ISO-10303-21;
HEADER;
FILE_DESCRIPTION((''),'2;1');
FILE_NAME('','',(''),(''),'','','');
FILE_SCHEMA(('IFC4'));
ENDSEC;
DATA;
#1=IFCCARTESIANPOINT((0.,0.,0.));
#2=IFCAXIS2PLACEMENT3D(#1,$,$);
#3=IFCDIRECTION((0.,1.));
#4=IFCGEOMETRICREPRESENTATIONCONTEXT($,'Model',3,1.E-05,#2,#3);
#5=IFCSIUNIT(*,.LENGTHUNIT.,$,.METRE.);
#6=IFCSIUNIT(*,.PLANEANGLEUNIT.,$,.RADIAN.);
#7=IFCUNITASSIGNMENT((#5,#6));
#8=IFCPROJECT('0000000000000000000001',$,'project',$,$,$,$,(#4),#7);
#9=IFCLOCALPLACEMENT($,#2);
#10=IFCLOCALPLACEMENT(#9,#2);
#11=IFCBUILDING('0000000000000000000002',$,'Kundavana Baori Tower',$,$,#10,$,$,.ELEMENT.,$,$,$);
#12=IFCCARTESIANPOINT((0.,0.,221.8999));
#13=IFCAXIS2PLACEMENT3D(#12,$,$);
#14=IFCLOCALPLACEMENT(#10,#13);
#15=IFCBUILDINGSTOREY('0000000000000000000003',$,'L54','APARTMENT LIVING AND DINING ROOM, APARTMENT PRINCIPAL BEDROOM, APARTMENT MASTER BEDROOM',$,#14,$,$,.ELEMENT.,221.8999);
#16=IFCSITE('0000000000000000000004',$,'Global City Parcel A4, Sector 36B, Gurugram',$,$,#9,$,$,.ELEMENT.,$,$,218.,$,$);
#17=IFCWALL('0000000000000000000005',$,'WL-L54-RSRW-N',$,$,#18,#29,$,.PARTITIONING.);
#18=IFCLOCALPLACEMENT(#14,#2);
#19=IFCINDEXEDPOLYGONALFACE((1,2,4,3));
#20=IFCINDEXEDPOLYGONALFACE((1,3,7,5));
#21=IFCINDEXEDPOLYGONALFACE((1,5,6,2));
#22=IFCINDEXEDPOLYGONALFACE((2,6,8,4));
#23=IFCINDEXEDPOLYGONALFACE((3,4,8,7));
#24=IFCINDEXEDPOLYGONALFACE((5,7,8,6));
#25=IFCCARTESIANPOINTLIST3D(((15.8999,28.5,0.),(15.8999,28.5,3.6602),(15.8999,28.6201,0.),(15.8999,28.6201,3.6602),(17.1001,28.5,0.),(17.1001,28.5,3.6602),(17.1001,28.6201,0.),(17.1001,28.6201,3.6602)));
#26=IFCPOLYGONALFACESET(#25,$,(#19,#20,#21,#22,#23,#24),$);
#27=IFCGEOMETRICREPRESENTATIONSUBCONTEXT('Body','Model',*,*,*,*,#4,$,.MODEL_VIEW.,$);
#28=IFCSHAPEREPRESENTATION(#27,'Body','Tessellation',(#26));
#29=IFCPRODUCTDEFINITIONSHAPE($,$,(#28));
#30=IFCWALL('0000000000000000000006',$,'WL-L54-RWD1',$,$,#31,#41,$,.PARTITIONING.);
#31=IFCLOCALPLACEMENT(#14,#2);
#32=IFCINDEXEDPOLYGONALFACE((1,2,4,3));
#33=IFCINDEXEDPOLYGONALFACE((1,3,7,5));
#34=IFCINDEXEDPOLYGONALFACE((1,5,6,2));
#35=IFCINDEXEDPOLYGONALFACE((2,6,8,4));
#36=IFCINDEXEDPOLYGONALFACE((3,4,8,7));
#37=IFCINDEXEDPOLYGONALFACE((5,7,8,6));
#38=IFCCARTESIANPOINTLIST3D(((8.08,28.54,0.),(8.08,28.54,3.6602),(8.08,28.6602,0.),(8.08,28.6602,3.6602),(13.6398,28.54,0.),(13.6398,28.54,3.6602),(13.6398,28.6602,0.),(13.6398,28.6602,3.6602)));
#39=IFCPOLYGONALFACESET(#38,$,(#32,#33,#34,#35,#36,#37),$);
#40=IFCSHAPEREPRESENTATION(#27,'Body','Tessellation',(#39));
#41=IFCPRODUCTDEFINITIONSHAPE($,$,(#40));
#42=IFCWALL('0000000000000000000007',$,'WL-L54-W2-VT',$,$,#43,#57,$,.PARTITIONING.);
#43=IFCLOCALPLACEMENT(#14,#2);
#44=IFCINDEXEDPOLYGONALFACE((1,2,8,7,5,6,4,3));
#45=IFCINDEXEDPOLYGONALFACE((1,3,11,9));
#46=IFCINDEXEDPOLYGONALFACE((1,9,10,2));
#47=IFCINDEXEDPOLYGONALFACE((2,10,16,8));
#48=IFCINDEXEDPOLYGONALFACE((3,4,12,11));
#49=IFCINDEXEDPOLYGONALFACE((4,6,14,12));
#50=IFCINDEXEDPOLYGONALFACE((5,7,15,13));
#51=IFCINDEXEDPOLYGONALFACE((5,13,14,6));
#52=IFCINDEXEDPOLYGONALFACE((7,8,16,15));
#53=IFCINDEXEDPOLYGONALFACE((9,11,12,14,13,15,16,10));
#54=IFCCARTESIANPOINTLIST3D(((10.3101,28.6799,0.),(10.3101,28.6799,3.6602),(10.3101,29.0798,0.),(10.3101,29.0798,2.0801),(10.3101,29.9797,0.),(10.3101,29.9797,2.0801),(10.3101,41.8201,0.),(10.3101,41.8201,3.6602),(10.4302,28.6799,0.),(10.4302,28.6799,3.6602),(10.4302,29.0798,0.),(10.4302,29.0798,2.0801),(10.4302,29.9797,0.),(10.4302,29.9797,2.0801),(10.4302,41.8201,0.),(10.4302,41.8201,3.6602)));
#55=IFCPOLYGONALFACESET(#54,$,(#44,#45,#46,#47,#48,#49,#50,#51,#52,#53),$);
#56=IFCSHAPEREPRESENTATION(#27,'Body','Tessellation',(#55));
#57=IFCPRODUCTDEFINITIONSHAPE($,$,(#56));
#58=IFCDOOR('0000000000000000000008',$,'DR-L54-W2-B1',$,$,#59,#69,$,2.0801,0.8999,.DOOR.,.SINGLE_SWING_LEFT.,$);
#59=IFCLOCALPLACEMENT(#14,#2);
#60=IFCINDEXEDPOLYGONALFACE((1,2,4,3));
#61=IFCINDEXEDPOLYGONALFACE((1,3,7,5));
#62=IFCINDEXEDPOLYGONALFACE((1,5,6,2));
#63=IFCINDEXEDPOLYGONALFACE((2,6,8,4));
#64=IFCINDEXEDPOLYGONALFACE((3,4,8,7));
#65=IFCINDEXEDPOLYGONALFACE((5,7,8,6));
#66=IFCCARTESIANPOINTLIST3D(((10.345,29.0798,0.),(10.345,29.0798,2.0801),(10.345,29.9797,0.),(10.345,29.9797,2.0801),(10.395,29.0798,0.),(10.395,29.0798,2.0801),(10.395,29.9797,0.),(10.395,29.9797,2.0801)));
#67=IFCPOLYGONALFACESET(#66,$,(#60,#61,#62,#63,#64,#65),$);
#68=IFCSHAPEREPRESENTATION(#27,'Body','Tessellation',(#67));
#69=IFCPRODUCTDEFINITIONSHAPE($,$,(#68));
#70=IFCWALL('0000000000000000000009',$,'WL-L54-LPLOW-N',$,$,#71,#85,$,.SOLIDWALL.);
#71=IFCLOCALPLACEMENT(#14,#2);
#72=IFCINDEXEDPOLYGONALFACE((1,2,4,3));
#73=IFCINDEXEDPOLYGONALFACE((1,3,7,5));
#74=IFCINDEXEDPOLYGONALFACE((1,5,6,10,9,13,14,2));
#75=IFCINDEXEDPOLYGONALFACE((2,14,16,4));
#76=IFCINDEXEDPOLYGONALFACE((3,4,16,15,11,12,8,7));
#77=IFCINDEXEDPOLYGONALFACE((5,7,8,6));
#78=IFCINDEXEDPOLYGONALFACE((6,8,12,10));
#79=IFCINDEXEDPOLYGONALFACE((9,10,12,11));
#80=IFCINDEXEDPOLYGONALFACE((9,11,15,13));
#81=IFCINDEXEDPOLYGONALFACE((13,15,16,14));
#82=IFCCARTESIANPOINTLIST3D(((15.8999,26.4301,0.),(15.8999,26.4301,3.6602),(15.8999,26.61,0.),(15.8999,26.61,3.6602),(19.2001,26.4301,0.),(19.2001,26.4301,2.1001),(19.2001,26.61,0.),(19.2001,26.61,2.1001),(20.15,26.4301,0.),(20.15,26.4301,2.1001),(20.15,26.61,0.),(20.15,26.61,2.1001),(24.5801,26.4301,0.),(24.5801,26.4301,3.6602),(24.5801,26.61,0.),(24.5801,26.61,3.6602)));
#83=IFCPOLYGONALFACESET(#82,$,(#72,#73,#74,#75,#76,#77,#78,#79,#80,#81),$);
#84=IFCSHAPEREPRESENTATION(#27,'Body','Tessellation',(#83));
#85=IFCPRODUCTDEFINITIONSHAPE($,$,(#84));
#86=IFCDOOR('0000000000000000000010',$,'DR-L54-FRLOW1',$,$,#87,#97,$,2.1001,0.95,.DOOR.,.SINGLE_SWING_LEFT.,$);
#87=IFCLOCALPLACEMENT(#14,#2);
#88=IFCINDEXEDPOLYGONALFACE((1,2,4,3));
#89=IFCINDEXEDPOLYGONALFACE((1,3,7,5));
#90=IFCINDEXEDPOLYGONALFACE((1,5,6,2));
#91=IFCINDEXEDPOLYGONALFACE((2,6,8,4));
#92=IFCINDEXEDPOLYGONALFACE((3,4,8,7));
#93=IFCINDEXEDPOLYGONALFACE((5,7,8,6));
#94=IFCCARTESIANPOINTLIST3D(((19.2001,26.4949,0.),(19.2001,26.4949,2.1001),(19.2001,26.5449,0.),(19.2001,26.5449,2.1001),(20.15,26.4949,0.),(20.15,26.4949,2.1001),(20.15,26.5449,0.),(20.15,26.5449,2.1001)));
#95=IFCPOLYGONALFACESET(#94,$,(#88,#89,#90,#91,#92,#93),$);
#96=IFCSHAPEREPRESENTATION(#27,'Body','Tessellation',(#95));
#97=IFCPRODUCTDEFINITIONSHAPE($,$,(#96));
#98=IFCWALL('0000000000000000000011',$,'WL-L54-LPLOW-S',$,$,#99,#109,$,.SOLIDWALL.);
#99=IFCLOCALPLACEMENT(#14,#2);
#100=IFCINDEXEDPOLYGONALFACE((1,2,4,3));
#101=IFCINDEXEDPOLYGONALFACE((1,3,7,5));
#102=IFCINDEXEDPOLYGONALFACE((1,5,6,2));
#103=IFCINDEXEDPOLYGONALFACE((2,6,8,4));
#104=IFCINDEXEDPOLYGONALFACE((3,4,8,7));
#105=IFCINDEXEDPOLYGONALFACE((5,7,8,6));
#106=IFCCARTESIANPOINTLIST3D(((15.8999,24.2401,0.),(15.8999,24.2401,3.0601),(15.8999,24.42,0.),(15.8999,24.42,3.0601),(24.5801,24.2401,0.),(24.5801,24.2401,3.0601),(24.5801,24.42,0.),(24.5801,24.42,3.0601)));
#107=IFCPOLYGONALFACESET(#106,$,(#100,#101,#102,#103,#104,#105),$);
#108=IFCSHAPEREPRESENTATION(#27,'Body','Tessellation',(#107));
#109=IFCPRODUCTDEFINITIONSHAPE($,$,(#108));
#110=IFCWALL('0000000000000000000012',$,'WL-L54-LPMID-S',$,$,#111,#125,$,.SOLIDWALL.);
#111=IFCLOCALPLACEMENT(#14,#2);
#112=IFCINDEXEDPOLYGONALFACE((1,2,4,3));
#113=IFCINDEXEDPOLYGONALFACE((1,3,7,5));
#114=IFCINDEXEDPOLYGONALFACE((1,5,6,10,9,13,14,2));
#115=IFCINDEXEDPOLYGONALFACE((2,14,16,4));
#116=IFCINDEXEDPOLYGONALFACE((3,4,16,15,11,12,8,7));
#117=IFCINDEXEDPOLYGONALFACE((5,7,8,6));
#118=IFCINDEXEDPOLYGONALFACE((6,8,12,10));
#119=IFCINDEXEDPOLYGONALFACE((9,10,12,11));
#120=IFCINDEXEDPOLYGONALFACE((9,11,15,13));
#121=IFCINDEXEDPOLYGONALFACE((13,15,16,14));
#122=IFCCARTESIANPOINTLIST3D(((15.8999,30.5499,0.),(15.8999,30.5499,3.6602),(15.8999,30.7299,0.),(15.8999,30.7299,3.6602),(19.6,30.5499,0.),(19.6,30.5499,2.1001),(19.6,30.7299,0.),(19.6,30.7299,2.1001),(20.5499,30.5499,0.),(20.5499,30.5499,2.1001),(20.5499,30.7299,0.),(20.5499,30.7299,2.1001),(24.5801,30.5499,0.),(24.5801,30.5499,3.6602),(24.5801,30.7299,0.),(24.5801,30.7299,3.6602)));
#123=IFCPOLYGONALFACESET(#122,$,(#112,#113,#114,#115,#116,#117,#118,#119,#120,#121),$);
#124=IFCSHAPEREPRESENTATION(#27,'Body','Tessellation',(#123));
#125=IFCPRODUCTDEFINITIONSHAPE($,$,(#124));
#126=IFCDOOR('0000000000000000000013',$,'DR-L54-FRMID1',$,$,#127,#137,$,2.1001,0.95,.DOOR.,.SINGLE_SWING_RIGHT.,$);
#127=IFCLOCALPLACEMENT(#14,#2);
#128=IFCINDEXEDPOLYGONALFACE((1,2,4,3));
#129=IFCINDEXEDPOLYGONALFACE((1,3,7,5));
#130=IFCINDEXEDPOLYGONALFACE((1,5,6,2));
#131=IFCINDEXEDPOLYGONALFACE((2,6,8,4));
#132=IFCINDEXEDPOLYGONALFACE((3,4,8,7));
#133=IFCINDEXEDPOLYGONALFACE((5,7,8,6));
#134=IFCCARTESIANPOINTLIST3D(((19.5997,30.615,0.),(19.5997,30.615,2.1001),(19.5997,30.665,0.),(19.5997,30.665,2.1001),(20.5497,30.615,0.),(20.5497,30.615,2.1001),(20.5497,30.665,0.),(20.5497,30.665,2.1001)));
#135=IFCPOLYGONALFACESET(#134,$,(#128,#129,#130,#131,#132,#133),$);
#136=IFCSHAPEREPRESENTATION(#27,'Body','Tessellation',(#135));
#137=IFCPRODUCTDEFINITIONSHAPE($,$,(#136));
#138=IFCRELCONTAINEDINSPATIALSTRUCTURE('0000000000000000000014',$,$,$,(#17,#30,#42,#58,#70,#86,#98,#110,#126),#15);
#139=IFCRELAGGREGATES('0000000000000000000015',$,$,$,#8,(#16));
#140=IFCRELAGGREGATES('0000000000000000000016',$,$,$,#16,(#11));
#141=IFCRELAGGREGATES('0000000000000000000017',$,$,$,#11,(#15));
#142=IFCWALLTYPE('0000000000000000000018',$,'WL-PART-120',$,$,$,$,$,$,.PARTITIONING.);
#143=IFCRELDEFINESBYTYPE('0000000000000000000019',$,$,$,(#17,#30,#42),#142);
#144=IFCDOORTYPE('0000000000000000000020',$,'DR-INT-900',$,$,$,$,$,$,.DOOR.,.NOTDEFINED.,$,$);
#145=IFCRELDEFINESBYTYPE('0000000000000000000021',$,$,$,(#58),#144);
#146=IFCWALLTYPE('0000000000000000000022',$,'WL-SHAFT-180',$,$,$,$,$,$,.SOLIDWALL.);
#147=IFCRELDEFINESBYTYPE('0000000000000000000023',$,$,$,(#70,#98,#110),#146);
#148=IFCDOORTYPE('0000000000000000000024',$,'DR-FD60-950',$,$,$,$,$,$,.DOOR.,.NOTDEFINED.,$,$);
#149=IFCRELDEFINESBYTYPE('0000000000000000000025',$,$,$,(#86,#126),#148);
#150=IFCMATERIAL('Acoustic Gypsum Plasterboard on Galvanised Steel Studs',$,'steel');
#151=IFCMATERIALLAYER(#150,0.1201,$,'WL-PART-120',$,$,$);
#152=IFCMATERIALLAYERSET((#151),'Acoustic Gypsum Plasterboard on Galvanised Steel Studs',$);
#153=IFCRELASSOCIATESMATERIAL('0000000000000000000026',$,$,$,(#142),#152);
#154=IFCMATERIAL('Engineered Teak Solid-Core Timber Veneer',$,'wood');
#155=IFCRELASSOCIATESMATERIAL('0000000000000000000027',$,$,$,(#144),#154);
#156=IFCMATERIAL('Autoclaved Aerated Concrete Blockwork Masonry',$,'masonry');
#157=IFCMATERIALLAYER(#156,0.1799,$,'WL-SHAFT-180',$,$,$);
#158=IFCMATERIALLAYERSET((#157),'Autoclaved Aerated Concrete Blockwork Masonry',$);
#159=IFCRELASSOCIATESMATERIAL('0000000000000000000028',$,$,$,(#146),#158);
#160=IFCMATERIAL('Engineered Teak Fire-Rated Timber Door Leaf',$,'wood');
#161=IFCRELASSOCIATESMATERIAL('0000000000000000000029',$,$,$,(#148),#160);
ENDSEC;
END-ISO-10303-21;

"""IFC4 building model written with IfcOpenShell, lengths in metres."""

from ifc_helpers import new_model, si_unit, direction, frame, frame_2d, origin, place, context, subcontext, project, spatial, rectangle, extrude, material, layer, layer_set, type_object, element, fill, save


model = new_model("IFC4")

# Units and contexts
model_context = context("Model", 3, precision=1e-05, world=origin(), true_north=direction((0.0, 1.0)))
body_context = subcontext(model_context, "Body", "Model", "MODEL_VIEW")
ifc_project = project(units=[si_unit("LENGTHUNIT", "METRE"), si_unit("PLANEANGLEUNIT", "RADIAN")], contexts=[model_context])

# Site, building, storey
site_placement = place(None, origin())
site = spatial("IfcSite", under=ifc_project, at=site_placement, Name="Global City Parcel A4, Sector 36B, Gurugram", CompositionType="ELEMENT", RefElevation=218.0)
building_placement = place(site_placement, origin())
building = spatial("IfcBuilding", under=site, at=building_placement, Name="Kundavana Baori Tower", CompositionType="ELEMENT")
storey_placement = place(building_placement, frame((0.0, 0.0, 221.8999)))
storey = spatial("IfcBuildingStorey", under=building, at=storey_placement, Name="L54", Description="APARTMENT LIVING AND DINING ROOM, APARTMENT PRINCIPAL BEDROOM, APARTMENT MASTER BEDROOM", CompositionType="ELEMENT", Elevation=221.8999)

# Walls
ifc_material_1 = material(Name="Acoustic Gypsum Plasterboard on Galvanised Steel Studs", Category="steel")
ifc_layer_1 = layer(ifc_material_1, 0.1201, Name="WL-PART-120")
ifc_layer_set_1 = layer_set([ifc_layer_1], Name="Acoustic Gypsum Plasterboard on Galvanised Steel Studs")
wall_type_1 = type_object("IfcWallType", Name="WL-PART-120", PredefinedType="PARTITIONING", material=ifc_layer_set_1)
wall_1_placement = place(storey_placement, frame((15.8999, 28.5601, 0.0), z_axis=(0.0, 0.0, 1.0), x_axis=(1.0, 0.0, 0.0)))
element("IfcWall", 1, at=wall_1_placement, inside=storey, type_object=wall_type_1, Name="WL-L54-RSRW-N", PredefinedType="PARTITIONING", context=body_context, shape_type="SweptSolid", body=[
    extrude(rectangle(XDim=1.2002, YDim=0.1201, at=frame_2d((0.6001, 0.0))), origin(), (0.0, 0.0, 1.0), 3.6602),
])
wall_2_placement = place(storey_placement, frame((8.0801, 28.6001, 0.0), z_axis=(0.0, 0.0, 1.0), x_axis=(1.0, 0.0, 0.0)))
element("IfcWall", 2, at=wall_2_placement, inside=storey, type_object=wall_type_1, Name="WL-L54-RWD1", PredefinedType="PARTITIONING", context=body_context, shape_type="SweptSolid", body=[
    extrude(rectangle(XDim=5.5598, YDim=0.1201, at=frame_2d((2.7798, 0.0))), origin(), (0.0, 0.0, 1.0), 3.6602),
])

# Walls, openings, doors
wall_3_placement = place(storey_placement, frame((10.3701, 28.6799, 0.0), z_axis=(0.0, 0.0, 1.0), x_axis=(0.0, 1.0, 0.0)))
wall_3 = element("IfcWall", 3, at=wall_3_placement, inside=storey, type_object=wall_type_1, Name="WL-L54-W2-VT", PredefinedType="PARTITIONING", context=body_context, shape_type="SweptSolid", body=[
    extrude(rectangle(XDim=13.1401, YDim=0.1201, at=frame_2d((6.5701, 0.0))), origin(), (0.0, 0.0, 1.0), 3.6602),
])
opening_1_placement = place(wall_3_placement, frame((0.3999, 0.0, 0.0)))
opening_1 = element("IfcOpeningElement", 4, at=opening_1_placement, cuts=wall_3, PredefinedType="OPENING", context=body_context, shape_type="SweptSolid", body=[
    extrude(rectangle(XDim=0.8999, YDim=2.0801, at=frame_2d((0.45, 1.04))), frame((0.0, 0.0701, 0.0), z_axis=(0.0, -1.0, 0.0), x_axis=(1.0, 0.0, 0.0)), (0.0, 0.0, 1.0), 0.1401),
])
ifc_material_2 = material(Name="Engineered Teak Solid-Core Timber Veneer", Category="wood")
door_type_1 = type_object("IfcDoorType", Name="DR-INT-900", OperationType="NOTDEFINED", PredefinedType="DOOR", material=ifc_material_2)
door_1_placement = place(opening_1_placement, frame((0.8999, 0.0, 0.0), z_axis=(0.0, 0.0, 1.0), x_axis=(-1.0, 0.0, 0.0)))
door_1 = element("IfcDoor", 5, at=door_1_placement, inside=storey, type_object=door_type_1, Name="DR-L54-W2-B1", OperationType="SINGLE_SWING_LEFT", OverallHeight=2.0801, OverallWidth=0.8999, PredefinedType="DOOR", context=body_context, shape_type="SweptSolid", body=[
    extrude(rectangle(XDim=0.8999, YDim=2.0801, at=frame_2d((0.45, 1.04))), frame((0.0, 0.0249, 0.0), z_axis=(0.0, -1.0, 0.0), x_axis=(1.0, 0.0, 0.0)), (0.0, 0.0, 1.0), 0.05),
])
fill(opening_1, door_1)
ifc_material_3 = material(Name="Autoclaved Aerated Concrete Blockwork Masonry", Category="masonry")
ifc_layer_2 = layer(ifc_material_3, 0.1799, Name="WL-SHAFT-180")
ifc_layer_set_2 = layer_set([ifc_layer_2], Name="Autoclaved Aerated Concrete Blockwork Masonry")
wall_type_2 = type_object("IfcWallType", Name="WL-SHAFT-180", PredefinedType="SOLIDWALL", material=ifc_layer_set_2)
wall_4_placement = place(storey_placement, frame((15.8999, 26.52, 0.0), z_axis=(0.0, 0.0, 1.0), x_axis=(1.0, 0.0, 0.0)))
wall_4 = element("IfcWall", 6, at=wall_4_placement, inside=storey, type_object=wall_type_2, Name="WL-L54-LPLOW-N", PredefinedType="SOLIDWALL", context=body_context, shape_type="SweptSolid", body=[
    extrude(rectangle(XDim=8.6802, YDim=0.1799, at=frame_2d((4.3401, 0.0))), origin(), (0.0, 0.0, 1.0), 3.6602),
])
opening_2_placement = place(wall_4_placement, frame((3.3, 0.0, 0.0)))
opening_2 = element("IfcOpeningElement", 7, at=opening_2_placement, cuts=wall_4, PredefinedType="OPENING", context=body_context, shape_type="SweptSolid", body=[
    extrude(rectangle(XDim=0.95, YDim=2.1001, at=frame_2d((0.4751, 1.05))), frame((0.0, 0.1001, 0.0), z_axis=(0.0, -1.0, 0.0), x_axis=(1.0, 0.0, 0.0)), (0.0, 0.0, 1.0), 0.2),
])
ifc_material_4 = material(Name="Engineered Teak Fire-Rated Timber Door Leaf", Category="wood")
door_type_2 = type_object("IfcDoorType", Name="DR-FD60-950", OperationType="NOTDEFINED", PredefinedType="DOOR", material=ifc_material_4)
door_2_placement = place(opening_2_placement, origin())
door_2 = element("IfcDoor", 8, at=door_2_placement, inside=storey, type_object=door_type_2, Name="DR-L54-FRLOW1", OperationType="SINGLE_SWING_LEFT", OverallHeight=2.1001, OverallWidth=0.95, PredefinedType="DOOR", context=body_context, shape_type="SweptSolid", body=[
    extrude(rectangle(XDim=0.95, YDim=2.1001, at=frame_2d((0.4751, 1.05))), frame((0.0, 0.0249, 0.0), z_axis=(0.0, -1.0, 0.0), x_axis=(1.0, 0.0, 0.0)), (0.0, 0.0, 1.0), 0.05),
])
fill(opening_2, door_2)

# Wall
wall_5_placement = place(storey_placement, frame((15.8999, 24.3301, 0.0), z_axis=(0.0, 0.0, 1.0), x_axis=(1.0, 0.0, 0.0)))
element("IfcWall", 9, at=wall_5_placement, inside=storey, type_object=wall_type_2, Name="WL-L54-LPLOW-S", PredefinedType="SOLIDWALL", context=body_context, shape_type="SweptSolid", body=[
    extrude(rectangle(XDim=8.6802, YDim=0.1799, at=frame_2d((4.3401, 0.0))), origin(), (0.0, 0.0, 1.0), 3.0601),
])

# Wall, opening, door
wall_6_placement = place(storey_placement, frame((15.8999, 30.6399, 0.0), z_axis=(0.0, 0.0, 1.0), x_axis=(1.0, 0.0, 0.0)))
wall_6 = element("IfcWall", 10, at=wall_6_placement, inside=storey, type_object=wall_type_2, Name="WL-L54-LPMID-S", PredefinedType="SOLIDWALL", context=body_context, shape_type="SweptSolid", body=[
    extrude(rectangle(XDim=8.6802, YDim=0.1799, at=frame_2d((4.3401, 0.0))), origin(), (0.0, 0.0, 1.0), 3.6602),
])
opening_3_placement = place(wall_6_placement, frame((3.7, 0.0, 0.0)))
opening_3 = element("IfcOpeningElement", 11, at=opening_3_placement, cuts=wall_6, PredefinedType="OPENING", context=body_context, shape_type="SweptSolid", body=[
    extrude(rectangle(XDim=0.95, YDim=2.1001, at=frame_2d((0.4751, 1.05))), frame((0.0, 0.1001, 0.0), z_axis=(0.0, -1.0, 0.0), x_axis=(1.0, 0.0, 0.0)), (0.0, 0.0, 1.0), 0.2),
])
door_3_placement = place(opening_3_placement, frame((0.95, 0.0, 0.0), z_axis=(0.0, 0.0, 1.0), x_axis=(-1.0, 0.0, 0.0)))
door_3 = element("IfcDoor", 12, at=door_3_placement, inside=storey, type_object=door_type_2, Name="DR-L54-FRMID1", OperationType="SINGLE_SWING_RIGHT", OverallHeight=2.1001, OverallWidth=0.95, PredefinedType="DOOR", context=body_context, shape_type="SweptSolid", body=[
    extrude(rectangle(XDim=0.95, YDim=2.1001, at=frame_2d((0.4751, 1.05))), frame((0.0, 0.0249, 0.0), z_axis=(0.0, -1.0, 0.0), x_axis=(1.0, 0.0, 0.0)), (0.0, 0.0, 1.0), 0.05),
])
fill(opening_3, door_3)

save(model, "model.ifc")
